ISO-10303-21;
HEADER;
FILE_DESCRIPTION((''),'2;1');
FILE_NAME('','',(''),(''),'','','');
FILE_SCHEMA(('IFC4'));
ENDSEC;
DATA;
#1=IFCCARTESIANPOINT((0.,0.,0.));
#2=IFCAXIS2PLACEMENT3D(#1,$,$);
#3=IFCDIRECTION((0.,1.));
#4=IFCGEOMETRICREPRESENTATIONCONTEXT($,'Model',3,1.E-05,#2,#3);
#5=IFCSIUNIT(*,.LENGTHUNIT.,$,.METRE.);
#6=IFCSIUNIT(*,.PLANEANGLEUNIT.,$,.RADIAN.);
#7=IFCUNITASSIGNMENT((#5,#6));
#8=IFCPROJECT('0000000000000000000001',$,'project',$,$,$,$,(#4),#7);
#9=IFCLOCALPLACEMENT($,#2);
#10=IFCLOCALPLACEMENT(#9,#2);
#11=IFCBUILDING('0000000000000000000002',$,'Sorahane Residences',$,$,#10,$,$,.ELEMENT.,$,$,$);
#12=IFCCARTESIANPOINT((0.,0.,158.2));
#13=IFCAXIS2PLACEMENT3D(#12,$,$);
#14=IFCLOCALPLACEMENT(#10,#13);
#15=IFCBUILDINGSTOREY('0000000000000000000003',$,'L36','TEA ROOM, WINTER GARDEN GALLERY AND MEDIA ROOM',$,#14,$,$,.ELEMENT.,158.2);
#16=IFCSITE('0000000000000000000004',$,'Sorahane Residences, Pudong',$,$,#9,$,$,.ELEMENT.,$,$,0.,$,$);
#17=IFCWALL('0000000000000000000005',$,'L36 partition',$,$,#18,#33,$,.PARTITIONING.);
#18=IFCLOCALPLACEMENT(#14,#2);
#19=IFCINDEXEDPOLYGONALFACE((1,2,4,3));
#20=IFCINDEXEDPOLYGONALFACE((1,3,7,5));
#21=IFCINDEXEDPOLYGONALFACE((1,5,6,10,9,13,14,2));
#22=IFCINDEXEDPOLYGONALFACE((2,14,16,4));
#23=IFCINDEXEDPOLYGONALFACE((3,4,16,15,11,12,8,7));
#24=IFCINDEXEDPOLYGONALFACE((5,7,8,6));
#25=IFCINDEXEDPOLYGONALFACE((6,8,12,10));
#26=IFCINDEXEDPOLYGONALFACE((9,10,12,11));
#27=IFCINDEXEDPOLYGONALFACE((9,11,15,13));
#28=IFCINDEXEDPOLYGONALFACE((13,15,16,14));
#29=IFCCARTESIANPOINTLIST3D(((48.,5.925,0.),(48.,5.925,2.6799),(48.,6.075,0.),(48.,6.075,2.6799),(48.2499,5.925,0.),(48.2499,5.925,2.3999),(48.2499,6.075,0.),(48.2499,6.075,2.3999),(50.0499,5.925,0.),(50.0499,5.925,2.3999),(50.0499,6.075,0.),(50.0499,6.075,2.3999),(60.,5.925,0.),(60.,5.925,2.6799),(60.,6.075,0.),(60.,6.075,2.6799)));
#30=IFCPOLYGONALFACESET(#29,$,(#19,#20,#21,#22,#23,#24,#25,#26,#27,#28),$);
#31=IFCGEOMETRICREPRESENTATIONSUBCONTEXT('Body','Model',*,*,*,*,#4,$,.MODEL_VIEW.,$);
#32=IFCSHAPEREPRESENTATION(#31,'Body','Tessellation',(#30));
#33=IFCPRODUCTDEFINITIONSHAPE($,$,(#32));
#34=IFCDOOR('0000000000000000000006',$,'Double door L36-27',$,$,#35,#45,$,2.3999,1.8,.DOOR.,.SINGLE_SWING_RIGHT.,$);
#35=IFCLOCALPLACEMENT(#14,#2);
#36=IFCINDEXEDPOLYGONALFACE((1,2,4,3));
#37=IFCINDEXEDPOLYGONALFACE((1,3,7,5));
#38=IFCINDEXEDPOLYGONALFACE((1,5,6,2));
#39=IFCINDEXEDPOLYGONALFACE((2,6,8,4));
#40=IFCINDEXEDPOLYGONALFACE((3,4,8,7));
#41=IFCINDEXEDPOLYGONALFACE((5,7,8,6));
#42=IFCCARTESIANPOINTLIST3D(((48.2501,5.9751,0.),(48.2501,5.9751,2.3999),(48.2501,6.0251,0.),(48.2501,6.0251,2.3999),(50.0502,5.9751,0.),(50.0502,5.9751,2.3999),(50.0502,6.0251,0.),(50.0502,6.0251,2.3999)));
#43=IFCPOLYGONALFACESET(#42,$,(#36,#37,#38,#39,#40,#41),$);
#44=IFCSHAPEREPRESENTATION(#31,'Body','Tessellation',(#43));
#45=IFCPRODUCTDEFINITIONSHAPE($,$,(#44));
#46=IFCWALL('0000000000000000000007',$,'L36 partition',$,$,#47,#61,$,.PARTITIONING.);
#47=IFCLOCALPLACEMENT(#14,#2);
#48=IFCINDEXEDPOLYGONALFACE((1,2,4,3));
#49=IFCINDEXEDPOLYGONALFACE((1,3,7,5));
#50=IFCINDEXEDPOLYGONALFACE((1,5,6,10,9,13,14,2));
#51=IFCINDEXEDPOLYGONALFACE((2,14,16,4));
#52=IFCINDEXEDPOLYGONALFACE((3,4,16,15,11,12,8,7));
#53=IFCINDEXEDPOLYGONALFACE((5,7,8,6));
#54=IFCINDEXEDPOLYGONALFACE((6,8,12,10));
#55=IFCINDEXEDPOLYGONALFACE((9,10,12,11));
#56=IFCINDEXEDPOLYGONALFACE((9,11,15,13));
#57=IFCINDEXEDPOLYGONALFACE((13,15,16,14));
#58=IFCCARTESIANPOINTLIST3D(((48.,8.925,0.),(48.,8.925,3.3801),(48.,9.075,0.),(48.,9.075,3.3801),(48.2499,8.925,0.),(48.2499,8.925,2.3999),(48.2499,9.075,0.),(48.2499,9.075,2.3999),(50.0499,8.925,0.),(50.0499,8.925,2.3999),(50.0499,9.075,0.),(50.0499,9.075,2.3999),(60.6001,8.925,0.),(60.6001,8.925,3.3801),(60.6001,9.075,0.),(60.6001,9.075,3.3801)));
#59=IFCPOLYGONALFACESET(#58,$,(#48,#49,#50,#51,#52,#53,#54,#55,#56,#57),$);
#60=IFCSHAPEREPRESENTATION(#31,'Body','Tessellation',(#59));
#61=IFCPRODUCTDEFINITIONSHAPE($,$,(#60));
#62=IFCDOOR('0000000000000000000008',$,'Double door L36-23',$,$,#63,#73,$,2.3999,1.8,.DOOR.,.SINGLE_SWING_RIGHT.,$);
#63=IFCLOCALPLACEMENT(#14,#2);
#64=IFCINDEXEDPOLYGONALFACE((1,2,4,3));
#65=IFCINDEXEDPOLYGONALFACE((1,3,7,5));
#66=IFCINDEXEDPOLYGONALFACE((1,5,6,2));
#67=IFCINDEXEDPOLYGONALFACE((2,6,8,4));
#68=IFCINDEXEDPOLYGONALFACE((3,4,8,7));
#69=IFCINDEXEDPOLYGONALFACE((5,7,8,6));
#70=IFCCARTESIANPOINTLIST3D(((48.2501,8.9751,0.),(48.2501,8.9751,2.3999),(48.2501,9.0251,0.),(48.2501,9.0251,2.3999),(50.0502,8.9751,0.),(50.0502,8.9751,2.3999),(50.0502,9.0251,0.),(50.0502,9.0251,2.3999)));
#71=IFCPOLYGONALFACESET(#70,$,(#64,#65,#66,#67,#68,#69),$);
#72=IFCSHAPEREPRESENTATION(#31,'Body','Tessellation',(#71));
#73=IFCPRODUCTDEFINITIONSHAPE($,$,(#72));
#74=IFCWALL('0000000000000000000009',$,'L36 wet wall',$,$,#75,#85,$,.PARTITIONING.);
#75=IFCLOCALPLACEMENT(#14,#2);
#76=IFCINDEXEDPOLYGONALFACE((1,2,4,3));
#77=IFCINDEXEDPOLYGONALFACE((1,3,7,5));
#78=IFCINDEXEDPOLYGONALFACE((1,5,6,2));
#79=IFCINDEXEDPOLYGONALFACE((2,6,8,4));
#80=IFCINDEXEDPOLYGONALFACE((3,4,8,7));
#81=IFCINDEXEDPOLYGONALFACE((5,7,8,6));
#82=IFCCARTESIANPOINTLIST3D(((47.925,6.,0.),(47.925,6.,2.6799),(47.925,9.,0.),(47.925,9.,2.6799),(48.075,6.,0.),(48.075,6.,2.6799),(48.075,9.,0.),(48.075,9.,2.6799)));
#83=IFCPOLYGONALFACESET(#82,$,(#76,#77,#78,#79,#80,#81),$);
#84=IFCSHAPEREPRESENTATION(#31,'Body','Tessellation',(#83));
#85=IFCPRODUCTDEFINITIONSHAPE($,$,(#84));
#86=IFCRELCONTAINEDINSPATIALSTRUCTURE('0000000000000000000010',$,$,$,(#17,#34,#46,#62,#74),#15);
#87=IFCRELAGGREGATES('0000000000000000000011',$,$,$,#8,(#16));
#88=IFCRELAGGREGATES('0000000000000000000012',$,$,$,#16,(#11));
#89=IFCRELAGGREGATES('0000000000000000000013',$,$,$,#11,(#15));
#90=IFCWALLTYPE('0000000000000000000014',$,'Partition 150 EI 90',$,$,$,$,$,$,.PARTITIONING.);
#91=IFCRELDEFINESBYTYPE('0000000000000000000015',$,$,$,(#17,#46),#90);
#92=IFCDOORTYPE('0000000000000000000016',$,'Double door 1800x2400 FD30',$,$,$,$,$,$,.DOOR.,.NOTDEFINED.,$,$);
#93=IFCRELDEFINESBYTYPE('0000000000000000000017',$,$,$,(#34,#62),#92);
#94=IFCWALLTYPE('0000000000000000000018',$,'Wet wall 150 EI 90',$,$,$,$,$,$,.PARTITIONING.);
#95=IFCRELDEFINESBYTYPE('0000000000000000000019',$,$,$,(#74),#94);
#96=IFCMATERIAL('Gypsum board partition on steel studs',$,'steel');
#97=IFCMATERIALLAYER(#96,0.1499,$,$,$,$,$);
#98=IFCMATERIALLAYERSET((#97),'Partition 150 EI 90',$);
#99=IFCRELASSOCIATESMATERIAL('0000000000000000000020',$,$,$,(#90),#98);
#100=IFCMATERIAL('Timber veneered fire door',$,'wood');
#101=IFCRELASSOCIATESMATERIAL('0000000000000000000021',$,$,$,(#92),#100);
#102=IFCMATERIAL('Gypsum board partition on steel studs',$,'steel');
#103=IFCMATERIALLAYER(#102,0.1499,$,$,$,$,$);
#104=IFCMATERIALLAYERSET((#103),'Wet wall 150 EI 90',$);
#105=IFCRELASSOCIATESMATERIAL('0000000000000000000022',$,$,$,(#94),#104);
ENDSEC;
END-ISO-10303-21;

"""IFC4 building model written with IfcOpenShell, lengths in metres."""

from ifc_helpers import new_model, si_unit, direction, frame, frame_2d, origin, place, context, subcontext, project, spatial, rectangle, extrude, material, layer, layer_set, type_object, element, fill, save


model = new_model("IFC4")

# Units and contexts
model_context = context("Model", 3, precision=1e-05, world=origin(), true_north=direction((0.0, 1.0)))
body_context = subcontext(model_context, "Body", "Model", "MODEL_VIEW")
ifc_project = project(units=[si_unit("LENGTHUNIT", "METRE"), si_unit("PLANEANGLEUNIT", "RADIAN")], contexts=[model_context])

# Site, building, storey
site_placement = place(None, origin())
site = spatial("IfcSite", under=ifc_project, at=site_placement, Name="Sorahane Residences, Pudong", CompositionType="ELEMENT", RefElevation=0.0)
building_placement = place(site_placement, origin())
building = spatial("IfcBuilding", under=site, at=building_placement, Name="Sorahane Residences", CompositionType="ELEMENT")
storey_placement = place(building_placement, frame((0.0, 0.0, 158.2)))
storey = spatial("IfcBuildingStorey", under=building, at=storey_placement, Name="L36", Description="TEA ROOM, WINTER GARDEN GALLERY AND MEDIA ROOM", CompositionType="ELEMENT", Elevation=158.2)

# Shared definitions
ifc_material_1 = material(Name="Gypsum board partition on steel studs", Category="steel")
ifc_layer_1 = layer(ifc_material_1, 0.1499)
ifc_layer_set_1 = layer_set([ifc_layer_1], Name="Partition 150 EI 90")
wall_type_1 = type_object("IfcWallType", Name="Partition 150 EI 90", PredefinedType="PARTITIONING", material=ifc_layer_set_1)

# Walls, openings, doors
wall_1_placement = place(storey_placement, frame((48.0, 6.0, 0.0), z_axis=(0.0, 0.0, 1.0), x_axis=(1.0, 0.0, 0.0)))
wall_1 = element("IfcWall", 1, at=wall_1_placement, inside=storey, type_object=wall_type_1, Name="L36 partition", PredefinedType="PARTITIONING", context=body_context, shape_type="SweptSolid", body=[
    extrude(rectangle(XDim=12.0, YDim=0.1499, at=frame_2d((6.0, 0.0))), origin(), (0.0, 0.0, 1.0), 2.6799),
])
opening_1_placement = place(wall_1_placement, frame((0.25, 0.0, 0.0)))
opening_1 = element("IfcOpeningElement", 2, at=opening_1_placement, cuts=wall_1, PredefinedType="OPENING", context=body_context, shape_type="SweptSolid", body=[
    extrude(rectangle(XDim=1.8, YDim=2.3999, at=frame_2d((0.8999, 1.2))), frame((0.0, 0.085, 0.0), z_axis=(0.0, -1.0, 0.0), x_axis=(1.0, 0.0, 0.0)), (0.0, 0.0, 1.0), 0.1699),
])
ifc_material_2 = material(Name="Timber veneered fire door", Category="wood")
door_type_1 = type_object("IfcDoorType", Name="Double door 1800x2400 FD30", OperationType="NOTDEFINED", PredefinedType="DOOR", material=ifc_material_2)
door_1_placement = place(opening_1_placement, frame((1.8, 0.0, 0.0), z_axis=(0.0, 0.0, 1.0), x_axis=(-1.0, 0.0, 0.0)))
door_1 = element("IfcDoor", 3, at=door_1_placement, inside=storey, type_object=door_type_1, Name="Double door L36-27", OperationType="SINGLE_SWING_RIGHT", OverallHeight=2.3999, OverallWidth=1.8, PredefinedType="DOOR", context=body_context, shape_type="SweptSolid", body=[
    extrude(rectangle(XDim=1.8, YDim=2.3999, at=frame_2d((0.8999, 1.2))), frame((0.0, 0.0249, 0.0), z_axis=(0.0, -1.0, 0.0), x_axis=(1.0, 0.0, 0.0)), (0.0, 0.0, 1.0), 0.05),
])
fill(opening_1, door_1)
wall_2_placement = place(storey_placement, frame((48.0, 9.0, 0.0), z_axis=(0.0, 0.0, 1.0), x_axis=(1.0, 0.0, 0.0)))
wall_2 = element("IfcWall", 4, at=wall_2_placement, inside=storey, type_object=wall_type_1, Name="L36 partition", PredefinedType="PARTITIONING", context=body_context, shape_type="SweptSolid", body=[
    extrude(rectangle(XDim=12.6001, YDim=0.1499, at=frame_2d((6.3, 0.0))), origin(), (0.0, 0.0, 1.0), 3.3801),
])
opening_2_placement = place(wall_2_placement, frame((0.25, 0.0, 0.0)))
opening_2 = element("IfcOpeningElement", 5, at=opening_2_placement, cuts=wall_2, PredefinedType="OPENING", context=body_context, shape_type="SweptSolid", body=[
    extrude(rectangle(XDim=1.8, YDim=2.3999, at=frame_2d((0.8999, 1.2))), frame((0.0, 0.085, 0.0), z_axis=(0.0, -1.0, 0.0), x_axis=(1.0, 0.0, 0.0)), (0.0, 0.0, 1.0), 0.1699),
])
door_2_placement = place(opening_2_placement, frame((1.8, 0.0, 0.0), z_axis=(0.0, 0.0, 1.0), x_axis=(-1.0, 0.0, 0.0)))
door_2 = element("IfcDoor", 6, at=door_2_placement, inside=storey, type_object=door_type_1, Name="Double door L36-23", OperationType="SINGLE_SWING_RIGHT", OverallHeight=2.3999, OverallWidth=1.8, PredefinedType="DOOR", context=body_context, shape_type="SweptSolid", body=[
    extrude(rectangle(XDim=1.8, YDim=2.3999, at=frame_2d((0.8999, 1.2))), frame((0.0, 0.0249, 0.0), z_axis=(0.0, -1.0, 0.0), x_axis=(1.0, 0.0, 0.0)), (0.0, 0.0, 1.0), 0.05),
])
fill(opening_2, door_2)

# Wall
ifc_material_3 = material(Name="Gypsum board partition on steel studs", Category="steel")
ifc_layer_2 = layer(ifc_material_3, 0.1499)
ifc_layer_set_2 = layer_set([ifc_layer_2], Name="Wet wall 150 EI 90")
wall_type_2 = type_object("IfcWallType", Name="Wet wall 150 EI 90", PredefinedType="PARTITIONING", material=ifc_layer_set_2)
wall_3_placement = place(storey_placement, frame((48.0, 6.0, 0.0), z_axis=(0.0, 0.0, 1.0), x_axis=(0.0, 1.0, 0.0)))
element("IfcWall", 7, at=wall_3_placement, inside=storey, type_object=wall_type_2, Name="L36 wet wall", PredefinedType="PARTITIONING", context=body_context, shape_type="SweptSolid", body=[
    extrude(rectangle(XDim=3.0, YDim=0.1499, at=frame_2d((1.5, 0.0))), origin(), (0.0, 0.0, 1.0), 2.6799),
])

save(model, "model.ifc")
